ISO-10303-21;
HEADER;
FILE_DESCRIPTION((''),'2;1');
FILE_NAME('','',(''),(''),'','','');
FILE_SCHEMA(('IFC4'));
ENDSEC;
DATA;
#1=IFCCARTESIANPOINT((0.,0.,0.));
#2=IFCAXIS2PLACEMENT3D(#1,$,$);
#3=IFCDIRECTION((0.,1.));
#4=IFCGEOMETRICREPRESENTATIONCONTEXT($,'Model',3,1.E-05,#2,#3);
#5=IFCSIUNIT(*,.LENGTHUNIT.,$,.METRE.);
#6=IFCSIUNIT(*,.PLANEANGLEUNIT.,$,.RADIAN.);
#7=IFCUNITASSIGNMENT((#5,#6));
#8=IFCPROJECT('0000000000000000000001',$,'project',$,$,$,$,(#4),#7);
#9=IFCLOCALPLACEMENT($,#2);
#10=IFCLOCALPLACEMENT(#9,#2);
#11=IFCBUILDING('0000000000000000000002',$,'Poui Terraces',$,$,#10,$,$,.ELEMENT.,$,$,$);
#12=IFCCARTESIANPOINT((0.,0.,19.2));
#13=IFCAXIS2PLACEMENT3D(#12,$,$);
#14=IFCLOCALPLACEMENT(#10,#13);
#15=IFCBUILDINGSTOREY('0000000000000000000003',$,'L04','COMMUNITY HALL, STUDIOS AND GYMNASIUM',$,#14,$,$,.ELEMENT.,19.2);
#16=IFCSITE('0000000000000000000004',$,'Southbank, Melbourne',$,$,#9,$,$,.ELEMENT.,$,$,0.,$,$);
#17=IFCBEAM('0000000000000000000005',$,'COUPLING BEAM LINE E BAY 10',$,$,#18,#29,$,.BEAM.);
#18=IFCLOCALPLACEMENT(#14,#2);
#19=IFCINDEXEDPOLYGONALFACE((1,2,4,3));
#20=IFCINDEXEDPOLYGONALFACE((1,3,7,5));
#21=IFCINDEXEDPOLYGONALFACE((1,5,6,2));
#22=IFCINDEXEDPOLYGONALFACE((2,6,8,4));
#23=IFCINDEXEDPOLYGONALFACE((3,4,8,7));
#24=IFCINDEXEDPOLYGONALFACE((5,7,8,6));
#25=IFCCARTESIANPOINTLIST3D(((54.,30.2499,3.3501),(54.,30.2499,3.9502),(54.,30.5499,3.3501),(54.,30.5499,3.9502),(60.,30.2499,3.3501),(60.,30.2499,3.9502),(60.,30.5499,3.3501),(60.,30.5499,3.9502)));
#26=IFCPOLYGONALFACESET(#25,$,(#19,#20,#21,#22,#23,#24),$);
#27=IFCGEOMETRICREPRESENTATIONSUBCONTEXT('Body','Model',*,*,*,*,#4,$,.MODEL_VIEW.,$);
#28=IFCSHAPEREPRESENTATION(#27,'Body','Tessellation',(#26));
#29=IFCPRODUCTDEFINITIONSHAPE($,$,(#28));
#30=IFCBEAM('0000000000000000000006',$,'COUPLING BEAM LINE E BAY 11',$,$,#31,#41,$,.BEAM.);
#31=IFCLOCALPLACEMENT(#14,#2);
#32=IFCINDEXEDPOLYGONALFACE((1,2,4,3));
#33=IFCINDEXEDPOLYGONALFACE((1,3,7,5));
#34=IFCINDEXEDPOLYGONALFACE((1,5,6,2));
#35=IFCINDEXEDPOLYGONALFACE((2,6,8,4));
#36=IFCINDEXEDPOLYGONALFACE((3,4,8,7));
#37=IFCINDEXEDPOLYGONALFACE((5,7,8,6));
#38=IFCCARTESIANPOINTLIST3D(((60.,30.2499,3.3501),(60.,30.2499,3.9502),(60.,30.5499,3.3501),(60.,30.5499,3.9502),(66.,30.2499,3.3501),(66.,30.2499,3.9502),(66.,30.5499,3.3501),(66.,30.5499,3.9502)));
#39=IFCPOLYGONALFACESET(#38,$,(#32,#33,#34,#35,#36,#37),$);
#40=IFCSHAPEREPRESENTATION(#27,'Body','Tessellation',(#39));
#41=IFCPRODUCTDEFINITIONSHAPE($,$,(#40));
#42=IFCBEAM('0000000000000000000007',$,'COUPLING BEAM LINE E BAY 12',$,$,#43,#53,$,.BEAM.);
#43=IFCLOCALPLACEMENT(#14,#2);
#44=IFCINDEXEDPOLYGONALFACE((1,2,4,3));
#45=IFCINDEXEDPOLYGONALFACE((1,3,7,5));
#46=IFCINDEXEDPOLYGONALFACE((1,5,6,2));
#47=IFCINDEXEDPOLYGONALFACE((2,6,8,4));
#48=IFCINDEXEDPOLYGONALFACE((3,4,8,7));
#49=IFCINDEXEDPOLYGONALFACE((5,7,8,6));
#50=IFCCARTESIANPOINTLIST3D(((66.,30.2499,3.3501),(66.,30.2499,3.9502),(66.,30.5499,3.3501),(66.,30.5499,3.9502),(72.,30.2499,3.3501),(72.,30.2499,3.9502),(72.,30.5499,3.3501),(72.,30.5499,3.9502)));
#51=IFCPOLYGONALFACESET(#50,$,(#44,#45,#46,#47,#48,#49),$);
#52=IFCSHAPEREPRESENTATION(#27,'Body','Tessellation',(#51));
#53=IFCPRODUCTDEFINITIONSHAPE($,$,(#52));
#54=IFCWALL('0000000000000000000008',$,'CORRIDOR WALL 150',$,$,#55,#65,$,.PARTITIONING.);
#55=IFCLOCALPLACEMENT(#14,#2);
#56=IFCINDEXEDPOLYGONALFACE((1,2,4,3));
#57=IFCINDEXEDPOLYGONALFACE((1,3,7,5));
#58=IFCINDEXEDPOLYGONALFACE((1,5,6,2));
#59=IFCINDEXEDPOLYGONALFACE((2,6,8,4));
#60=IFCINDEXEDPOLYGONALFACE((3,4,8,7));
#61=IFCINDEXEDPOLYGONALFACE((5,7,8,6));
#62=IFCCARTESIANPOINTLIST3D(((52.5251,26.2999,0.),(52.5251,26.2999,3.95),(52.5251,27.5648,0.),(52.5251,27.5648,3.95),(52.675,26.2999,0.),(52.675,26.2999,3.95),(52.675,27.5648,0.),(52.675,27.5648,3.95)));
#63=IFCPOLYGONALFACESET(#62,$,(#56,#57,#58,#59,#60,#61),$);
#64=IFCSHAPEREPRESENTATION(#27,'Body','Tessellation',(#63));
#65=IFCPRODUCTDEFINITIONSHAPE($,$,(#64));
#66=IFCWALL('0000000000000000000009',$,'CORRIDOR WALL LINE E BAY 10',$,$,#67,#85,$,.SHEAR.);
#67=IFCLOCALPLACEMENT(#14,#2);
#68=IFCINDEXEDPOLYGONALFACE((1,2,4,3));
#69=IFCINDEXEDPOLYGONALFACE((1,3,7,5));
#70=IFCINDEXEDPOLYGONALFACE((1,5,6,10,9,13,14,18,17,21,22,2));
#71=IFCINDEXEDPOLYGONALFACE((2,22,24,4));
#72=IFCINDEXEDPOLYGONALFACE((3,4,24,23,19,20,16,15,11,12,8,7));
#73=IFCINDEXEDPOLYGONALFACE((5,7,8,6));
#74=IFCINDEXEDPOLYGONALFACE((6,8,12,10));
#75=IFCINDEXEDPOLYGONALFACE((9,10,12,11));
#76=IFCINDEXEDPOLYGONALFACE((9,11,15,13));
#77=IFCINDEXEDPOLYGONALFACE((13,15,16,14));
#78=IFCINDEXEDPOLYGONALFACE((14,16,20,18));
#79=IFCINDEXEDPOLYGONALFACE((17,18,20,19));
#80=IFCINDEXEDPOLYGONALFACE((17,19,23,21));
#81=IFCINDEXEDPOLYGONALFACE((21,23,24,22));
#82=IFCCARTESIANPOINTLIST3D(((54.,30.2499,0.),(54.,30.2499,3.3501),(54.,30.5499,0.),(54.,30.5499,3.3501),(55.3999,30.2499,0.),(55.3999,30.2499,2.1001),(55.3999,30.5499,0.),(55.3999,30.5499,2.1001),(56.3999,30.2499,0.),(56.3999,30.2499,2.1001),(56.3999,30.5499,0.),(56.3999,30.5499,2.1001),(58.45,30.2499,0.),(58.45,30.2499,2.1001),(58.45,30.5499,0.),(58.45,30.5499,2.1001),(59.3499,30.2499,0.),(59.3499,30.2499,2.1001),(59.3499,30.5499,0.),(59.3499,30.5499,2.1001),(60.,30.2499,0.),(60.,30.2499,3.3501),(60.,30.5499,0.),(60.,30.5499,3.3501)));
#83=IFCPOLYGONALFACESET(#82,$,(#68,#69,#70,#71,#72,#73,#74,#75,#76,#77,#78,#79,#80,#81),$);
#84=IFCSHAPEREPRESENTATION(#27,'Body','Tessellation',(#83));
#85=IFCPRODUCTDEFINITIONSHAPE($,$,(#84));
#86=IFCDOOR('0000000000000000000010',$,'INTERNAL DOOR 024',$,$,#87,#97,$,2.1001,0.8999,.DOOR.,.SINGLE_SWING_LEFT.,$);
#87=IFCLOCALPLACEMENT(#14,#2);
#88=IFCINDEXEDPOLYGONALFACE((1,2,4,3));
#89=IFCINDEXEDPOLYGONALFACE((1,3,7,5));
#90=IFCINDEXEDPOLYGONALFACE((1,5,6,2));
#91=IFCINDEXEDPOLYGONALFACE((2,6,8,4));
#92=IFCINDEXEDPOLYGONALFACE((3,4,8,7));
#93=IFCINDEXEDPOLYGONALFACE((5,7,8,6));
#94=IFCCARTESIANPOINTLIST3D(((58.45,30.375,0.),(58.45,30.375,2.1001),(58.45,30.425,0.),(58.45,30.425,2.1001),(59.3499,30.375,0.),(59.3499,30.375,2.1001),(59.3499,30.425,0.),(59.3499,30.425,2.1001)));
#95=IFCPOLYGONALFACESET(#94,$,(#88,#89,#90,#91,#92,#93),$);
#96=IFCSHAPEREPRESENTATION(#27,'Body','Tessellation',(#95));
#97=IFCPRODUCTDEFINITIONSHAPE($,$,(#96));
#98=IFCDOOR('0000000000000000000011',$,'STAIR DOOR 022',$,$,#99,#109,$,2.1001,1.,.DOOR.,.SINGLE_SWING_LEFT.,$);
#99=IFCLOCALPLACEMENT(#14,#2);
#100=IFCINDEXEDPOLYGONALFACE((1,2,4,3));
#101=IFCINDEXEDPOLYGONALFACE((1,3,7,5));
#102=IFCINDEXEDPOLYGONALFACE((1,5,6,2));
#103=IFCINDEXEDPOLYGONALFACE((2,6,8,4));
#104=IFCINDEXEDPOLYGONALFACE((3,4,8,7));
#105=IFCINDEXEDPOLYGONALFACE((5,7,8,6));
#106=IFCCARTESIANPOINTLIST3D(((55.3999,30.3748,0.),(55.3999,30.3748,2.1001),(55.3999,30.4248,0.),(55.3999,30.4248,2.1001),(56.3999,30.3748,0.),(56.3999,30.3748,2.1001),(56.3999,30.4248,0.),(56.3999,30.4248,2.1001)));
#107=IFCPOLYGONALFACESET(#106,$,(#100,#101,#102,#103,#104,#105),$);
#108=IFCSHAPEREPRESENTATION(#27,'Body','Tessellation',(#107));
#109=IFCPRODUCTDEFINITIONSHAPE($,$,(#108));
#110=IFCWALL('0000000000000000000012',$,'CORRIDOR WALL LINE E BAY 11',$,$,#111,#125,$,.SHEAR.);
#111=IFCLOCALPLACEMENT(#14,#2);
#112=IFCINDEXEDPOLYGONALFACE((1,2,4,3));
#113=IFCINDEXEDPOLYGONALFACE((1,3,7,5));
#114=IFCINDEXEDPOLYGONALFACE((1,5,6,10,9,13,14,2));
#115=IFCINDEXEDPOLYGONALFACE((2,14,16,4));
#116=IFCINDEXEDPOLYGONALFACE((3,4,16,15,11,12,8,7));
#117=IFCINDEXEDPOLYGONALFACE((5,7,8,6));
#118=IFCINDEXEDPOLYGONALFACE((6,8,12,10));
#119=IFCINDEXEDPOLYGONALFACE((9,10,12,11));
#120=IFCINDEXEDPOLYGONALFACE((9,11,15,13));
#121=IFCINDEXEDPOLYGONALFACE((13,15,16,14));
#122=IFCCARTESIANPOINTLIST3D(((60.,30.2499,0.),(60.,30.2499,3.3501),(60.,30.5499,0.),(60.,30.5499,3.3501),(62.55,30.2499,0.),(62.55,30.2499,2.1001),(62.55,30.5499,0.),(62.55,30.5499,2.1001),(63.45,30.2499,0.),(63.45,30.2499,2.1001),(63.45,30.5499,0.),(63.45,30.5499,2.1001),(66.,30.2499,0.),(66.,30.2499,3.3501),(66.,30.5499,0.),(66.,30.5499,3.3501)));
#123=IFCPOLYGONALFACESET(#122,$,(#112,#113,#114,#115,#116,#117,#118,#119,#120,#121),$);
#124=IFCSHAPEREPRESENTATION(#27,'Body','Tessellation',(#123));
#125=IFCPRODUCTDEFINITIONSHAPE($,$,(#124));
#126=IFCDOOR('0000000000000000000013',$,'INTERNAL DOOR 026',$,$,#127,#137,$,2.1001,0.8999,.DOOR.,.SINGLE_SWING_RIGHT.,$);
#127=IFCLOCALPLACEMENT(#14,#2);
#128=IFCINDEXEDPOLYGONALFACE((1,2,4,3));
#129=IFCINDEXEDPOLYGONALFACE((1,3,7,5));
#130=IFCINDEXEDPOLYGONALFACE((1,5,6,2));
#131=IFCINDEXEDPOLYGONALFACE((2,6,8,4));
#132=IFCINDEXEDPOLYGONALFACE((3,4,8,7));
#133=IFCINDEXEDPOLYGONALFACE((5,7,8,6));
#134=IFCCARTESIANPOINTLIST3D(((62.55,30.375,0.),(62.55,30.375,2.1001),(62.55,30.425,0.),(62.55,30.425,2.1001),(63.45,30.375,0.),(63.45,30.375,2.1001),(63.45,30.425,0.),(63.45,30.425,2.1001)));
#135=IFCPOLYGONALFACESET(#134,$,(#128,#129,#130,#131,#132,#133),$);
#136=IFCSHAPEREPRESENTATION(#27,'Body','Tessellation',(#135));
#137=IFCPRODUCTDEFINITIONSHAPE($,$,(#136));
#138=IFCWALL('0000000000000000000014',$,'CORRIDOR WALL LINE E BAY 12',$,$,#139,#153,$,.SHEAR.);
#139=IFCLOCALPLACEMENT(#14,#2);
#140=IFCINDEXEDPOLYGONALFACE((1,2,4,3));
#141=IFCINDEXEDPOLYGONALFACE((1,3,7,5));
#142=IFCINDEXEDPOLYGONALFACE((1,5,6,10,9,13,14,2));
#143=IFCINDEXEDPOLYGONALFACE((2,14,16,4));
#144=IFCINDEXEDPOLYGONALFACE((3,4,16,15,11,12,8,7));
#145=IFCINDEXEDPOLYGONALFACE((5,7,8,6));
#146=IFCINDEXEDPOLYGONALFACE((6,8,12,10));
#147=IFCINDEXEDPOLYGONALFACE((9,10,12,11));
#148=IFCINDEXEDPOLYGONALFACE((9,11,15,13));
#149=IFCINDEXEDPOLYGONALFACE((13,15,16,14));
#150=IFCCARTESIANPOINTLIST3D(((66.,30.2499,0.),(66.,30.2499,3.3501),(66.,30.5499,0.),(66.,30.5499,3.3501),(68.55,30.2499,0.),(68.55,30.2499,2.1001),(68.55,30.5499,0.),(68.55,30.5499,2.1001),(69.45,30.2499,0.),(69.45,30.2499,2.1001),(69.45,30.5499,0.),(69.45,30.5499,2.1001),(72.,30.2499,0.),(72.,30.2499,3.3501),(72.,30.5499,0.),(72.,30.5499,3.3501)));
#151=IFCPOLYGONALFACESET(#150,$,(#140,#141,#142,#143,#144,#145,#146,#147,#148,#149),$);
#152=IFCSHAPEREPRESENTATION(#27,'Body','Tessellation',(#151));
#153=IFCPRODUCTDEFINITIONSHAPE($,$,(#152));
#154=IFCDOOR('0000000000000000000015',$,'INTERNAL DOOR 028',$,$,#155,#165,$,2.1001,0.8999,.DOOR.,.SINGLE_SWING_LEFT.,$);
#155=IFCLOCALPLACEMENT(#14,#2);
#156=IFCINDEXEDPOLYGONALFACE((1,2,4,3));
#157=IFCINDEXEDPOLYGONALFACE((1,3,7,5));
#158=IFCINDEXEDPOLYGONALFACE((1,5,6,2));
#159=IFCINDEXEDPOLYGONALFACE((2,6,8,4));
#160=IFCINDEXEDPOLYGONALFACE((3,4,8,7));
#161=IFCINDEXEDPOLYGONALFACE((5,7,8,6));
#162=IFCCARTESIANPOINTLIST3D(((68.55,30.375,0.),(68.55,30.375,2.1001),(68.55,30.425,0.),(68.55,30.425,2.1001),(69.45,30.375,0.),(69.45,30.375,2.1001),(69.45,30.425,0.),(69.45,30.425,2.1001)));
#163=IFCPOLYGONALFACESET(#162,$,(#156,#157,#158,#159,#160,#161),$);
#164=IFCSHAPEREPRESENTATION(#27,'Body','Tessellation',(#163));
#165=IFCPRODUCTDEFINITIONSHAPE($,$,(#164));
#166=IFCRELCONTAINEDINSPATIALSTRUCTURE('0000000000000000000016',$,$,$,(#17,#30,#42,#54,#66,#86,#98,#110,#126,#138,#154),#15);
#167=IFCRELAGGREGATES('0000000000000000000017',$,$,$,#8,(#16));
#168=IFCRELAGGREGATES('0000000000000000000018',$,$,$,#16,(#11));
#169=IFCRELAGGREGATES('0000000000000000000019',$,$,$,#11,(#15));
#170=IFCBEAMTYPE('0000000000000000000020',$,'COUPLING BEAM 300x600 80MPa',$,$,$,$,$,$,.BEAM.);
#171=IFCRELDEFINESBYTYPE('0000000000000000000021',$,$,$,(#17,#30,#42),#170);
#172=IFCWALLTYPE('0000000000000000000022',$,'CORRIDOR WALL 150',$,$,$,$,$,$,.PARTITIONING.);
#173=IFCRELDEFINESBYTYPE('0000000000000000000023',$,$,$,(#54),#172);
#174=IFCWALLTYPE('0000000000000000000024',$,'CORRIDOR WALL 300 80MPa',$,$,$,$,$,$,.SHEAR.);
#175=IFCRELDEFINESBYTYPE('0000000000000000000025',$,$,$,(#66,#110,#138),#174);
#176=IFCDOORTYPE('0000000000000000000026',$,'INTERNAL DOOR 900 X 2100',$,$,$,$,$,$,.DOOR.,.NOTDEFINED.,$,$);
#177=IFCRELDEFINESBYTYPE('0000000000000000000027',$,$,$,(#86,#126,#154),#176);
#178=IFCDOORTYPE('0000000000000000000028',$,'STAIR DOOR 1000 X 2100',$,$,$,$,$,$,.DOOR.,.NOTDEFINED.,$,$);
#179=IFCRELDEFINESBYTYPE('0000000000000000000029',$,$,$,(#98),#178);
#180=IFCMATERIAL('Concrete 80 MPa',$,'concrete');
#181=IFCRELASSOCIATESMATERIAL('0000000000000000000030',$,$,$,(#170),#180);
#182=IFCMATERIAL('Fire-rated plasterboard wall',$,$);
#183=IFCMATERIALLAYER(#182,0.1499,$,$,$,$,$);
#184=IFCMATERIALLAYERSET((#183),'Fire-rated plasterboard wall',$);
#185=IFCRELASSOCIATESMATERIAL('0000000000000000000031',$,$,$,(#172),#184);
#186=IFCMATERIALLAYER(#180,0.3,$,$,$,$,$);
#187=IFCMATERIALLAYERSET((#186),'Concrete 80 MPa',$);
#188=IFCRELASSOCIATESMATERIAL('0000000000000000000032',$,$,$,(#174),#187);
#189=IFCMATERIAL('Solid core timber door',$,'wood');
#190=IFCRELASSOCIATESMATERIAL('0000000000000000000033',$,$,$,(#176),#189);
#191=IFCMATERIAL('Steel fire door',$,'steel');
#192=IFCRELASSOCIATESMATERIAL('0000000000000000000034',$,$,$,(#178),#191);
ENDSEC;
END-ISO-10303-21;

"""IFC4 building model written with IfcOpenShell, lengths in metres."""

from ifc_helpers import new_model, si_unit, direction, frame, frame_2d, origin, origin_2d, place, context, subcontext, project, spatial, rectangle, extrude, source, transform, mapped, material, layer, layer_set, material_profile, profile_set, type_object, element, fill, save


model = new_model("IFC4")

# Units and contexts
model_context = context("Model", 3, precision=1e-05, world=origin(), true_north=direction((0.0, 1.0)))
body_context = subcontext(model_context, "Body", "Model", "MODEL_VIEW")
ifc_project = project(units=[si_unit("LENGTHUNIT", "METRE"), si_unit("PLANEANGLEUNIT", "RADIAN")], contexts=[model_context])

# Site, building, storey
site_placement = place(None, origin())
site = spatial("IfcSite", under=ifc_project, at=site_placement, Name="Southbank, Melbourne", CompositionType="ELEMENT", RefElevation=0.0)
building_placement = place(site_placement, origin())
building = spatial("IfcBuilding", under=site, at=building_placement, Name="Poui Terraces", CompositionType="ELEMENT")
storey_placement = place(building_placement, frame((0.0, 0.0, 19.2)))
storey = spatial("IfcBuildingStorey", under=building, at=storey_placement, Name="L04", Description="COMMUNITY HALL, STUDIOS AND GYMNASIUM", CompositionType="ELEMENT", Elevation=19.2)

# Beams
ifc_material_1 = material(Name="Concrete 80 MPa", Category="concrete")
ifc_material_profile = material_profile(ifc_material_1, rectangle(XDim=0.3, YDim=0.6001, at=origin_2d()), Name="RC 300x600")
ifc_profile_set = profile_set([ifc_material_profile], Name="Concrete 80 MPa")
beam_type = type_object("IfcBeamType", Name="COUPLING BEAM 300x600 80MPa", PredefinedType="BEAM", material=ifc_profile_set)
shared_shape = source(origin(), body_context, "Body", "SweptSolid", [
    extrude(rectangle(XDim=0.3, YDim=0.6001, at=origin_2d()), origin(), (0.0, 0.0, 1.0), 6.0),
])
for number, where, z_axis, x_axis, name in (
    (1, (54.0, 30.3999, 3.6501), (1.0, 0.0, 0.0), (0.0, 1.0, 0.0), "COUPLING BEAM LINE E BAY 10"),
    (2, (60.0, 30.3999, 3.6501), (1.0, 0.0, 0.0), (0.0, 1.0, 0.0), "COUPLING BEAM LINE E BAY 11"),
    (3, (66.0, 30.3999, 3.6501), (1.0, 0.0, 0.0), (0.0, 1.0, 0.0), "COUPLING BEAM LINE E BAY 12"),
):
    element("IfcBeam", number, at=place(storey_placement, frame(where, z_axis=z_axis, x_axis=x_axis)), inside=storey, type_object=beam_type, Name=name, PredefinedType="BEAM", context=body_context, shape_type="MappedRepresentation", body=[
        mapped(shared_shape, transform((0.0, 0.0, 0.0))),
    ])

# Wall
ifc_material_2 = material(Name="Fire-rated plasterboard wall")
ifc_layer_1 = layer(ifc_material_2, 0.1499)
ifc_layer_set_1 = layer_set([ifc_layer_1], Name="Fire-rated plasterboard wall")
wall_type_1 = type_object("IfcWallType", Name="CORRIDOR WALL 150", PredefinedType="PARTITIONING", material=ifc_layer_set_1)
wall_1_placement = place(storey_placement, frame((52.6001, 26.3, 0.0), z_axis=(0.0, 0.0, 1.0), x_axis=(0.0, 1.0, 0.0)))
element("IfcWall", 4, at=wall_1_placement, inside=storey, type_object=wall_type_1, Name="CORRIDOR WALL 150", PredefinedType="PARTITIONING", context=body_context, shape_type="SweptSolid", body=[
    extrude(rectangle(XDim=1.2649, YDim=0.1499, at=frame_2d((0.6323, 0.0))), origin(), (0.0, 0.0, 1.0), 3.95),
])

# Wall, openings, doors
ifc_layer_2 = layer(ifc_material_1, 0.3)
ifc_layer_set_2 = layer_set([ifc_layer_2], Name="Concrete 80 MPa")
wall_type_2 = type_object("IfcWallType", Name="CORRIDOR WALL 300 80MPa", PredefinedType="SHEAR", material=ifc_layer_set_2)
wall_2_placement = place(storey_placement, frame((54.0, 30.3999, 0.0), z_axis=(0.0, 0.0, 1.0), x_axis=(1.0, 0.0, 0.0)))
wall_2 = element("IfcWall", 5, at=wall_2_placement, inside=storey, type_object=wall_type_2, Name="CORRIDOR WALL LINE E BAY 10", PredefinedType="SHEAR", context=body_context, shape_type="SweptSolid", body=[
    extrude(rectangle(XDim=6.0, YDim=0.3, at=frame_2d((3.0, 0.0))), origin(), (0.0, 0.0, 1.0), 3.3501),
])
opening_1_placement = place(wall_2_placement, frame((1.3999, 0.0, 0.0)))
opening_1 = element("IfcOpeningElement", 6, at=opening_1_placement, cuts=wall_2, PredefinedType="OPENING", context=body_context, shape_type="SweptSolid", body=[
    extrude(rectangle(XDim=1.0, YDim=2.1001, at=frame_2d((0.5, 1.05))), frame((0.0, 0.1602, 0.0), z_axis=(0.0, -1.0, 0.0), x_axis=(1.0, 0.0, 0.0)), (0.0, 0.0, 1.0), 0.3201),
])
opening_2_placement = place(wall_2_placement, frame((4.45, 0.0, 0.0)))
opening_2 = element("IfcOpeningElement", 7, at=opening_2_placement, cuts=wall_2, PredefinedType="OPENING", context=body_context, shape_type="SweptSolid", body=[
    extrude(rectangle(XDim=0.8999, YDim=2.1001, at=frame_2d((0.45, 1.05))), frame((0.0, 0.1602, 0.0), z_axis=(0.0, -1.0, 0.0), x_axis=(1.0, 0.0, 0.0)), (0.0, 0.0, 1.0), 0.3201),
])
ifc_material_3 = material(Name="Solid core timber door", Category="wood")
door_type_1 = type_object("IfcDoorType", Name="INTERNAL DOOR 900 X 2100", OperationType="NOTDEFINED", PredefinedType="DOOR", material=ifc_material_3)
door_1_placement = place(opening_2_placement, frame((0.8999, 0.0, 0.0), z_axis=(0.0, 0.0, 1.0), x_axis=(-1.0, 0.0, 0.0)))
door_1 = element("IfcDoor", 8, at=door_1_placement, inside=storey, type_object=door_type_1, Name="INTERNAL DOOR 024", OperationType="SINGLE_SWING_LEFT", OverallHeight=2.1001, OverallWidth=0.8999, PredefinedType="DOOR", context=body_context, shape_type="SweptSolid", body=[
    extrude(rectangle(XDim=0.8999, YDim=2.1001, at=frame_2d((0.45, 1.05))), frame((0.0, 0.0249, 0.0), z_axis=(0.0, -1.0, 0.0), x_axis=(1.0, 0.0, 0.0)), (0.0, 0.0, 1.0), 0.05),
])
fill(opening_2, door_1)
ifc_material_4 = material(Name="Steel fire door", Category="steel")
door_type_2 = type_object("IfcDoorType", Name="STAIR DOOR 1000 X 2100", OperationType="NOTDEFINED", PredefinedType="DOOR", material=ifc_material_4)
door_2_placement = place(opening_1_placement, origin())
door_2 = element("IfcDoor", 9, at=door_2_placement, inside=storey, type_object=door_type_2, Name="STAIR DOOR 022", OperationType="SINGLE_SWING_LEFT", OverallHeight=2.1001, OverallWidth=1.0, PredefinedType="DOOR", context=body_context, shape_type="SweptSolid", body=[
    extrude(rectangle(XDim=1.0, YDim=2.1001, at=frame_2d((0.5, 1.05))), frame((0.0, 0.0249, 0.0), z_axis=(0.0, -1.0, 0.0), x_axis=(1.0, 0.0, 0.0)), (0.0, 0.0, 1.0), 0.05),
])
fill(opening_1, door_2)

# Walls, openings, doors
wall_3_placement = place(storey_placement, frame((60.0, 30.3999, 0.0), z_axis=(0.0, 0.0, 1.0), x_axis=(1.0, 0.0, 0.0)))
wall_3 = element("IfcWall", 10, at=wall_3_placement, inside=storey, type_object=wall_type_2, Name="CORRIDOR WALL LINE E BAY 11", PredefinedType="SHEAR", context=body_context, shape_type="SweptSolid", body=[
    extrude(rectangle(XDim=6.0, YDim=0.3, at=frame_2d((3.0, 0.0))), origin(), (0.0, 0.0, 1.0), 3.3501),
])
opening_3_placement = place(wall_3_placement, frame((2.55, 0.0, 0.0)))
opening_3 = element("IfcOpeningElement", 11, at=opening_3_placement, cuts=wall_3, PredefinedType="OPENING", context=body_context, shape_type="SweptSolid", body=[
    extrude(rectangle(XDim=0.8999, YDim=2.1001, at=frame_2d((0.45, 1.05))), frame((0.0, 0.1602, 0.0), z_axis=(0.0, -1.0, 0.0), x_axis=(1.0, 0.0, 0.0)), (0.0, 0.0, 1.0), 0.3201),
])
door_3_placement = place(opening_3_placement, frame((0.8999, 0.0, 0.0), z_axis=(0.0, 0.0, 1.0), x_axis=(-1.0, 0.0, 0.0)))
door_3 = element("IfcDoor", 12, at=door_3_placement, inside=storey, type_object=door_type_1, Name="INTERNAL DOOR 026", OperationType="SINGLE_SWING_RIGHT", OverallHeight=2.1001, OverallWidth=0.8999, PredefinedType="DOOR", context=body_context, shape_type="SweptSolid", body=[
    extrude(rectangle(XDim=0.8999, YDim=2.1001, at=frame_2d((0.45, 1.05))), frame((0.0, 0.0249, 0.0), z_axis=(0.0, -1.0, 0.0), x_axis=(1.0, 0.0, 0.0)), (0.0, 0.0, 1.0), 0.05),
])
fill(opening_3, door_3)
wall_4_placement = place(storey_placement, frame((66.0, 30.3999, 0.0), z_axis=(0.0, 0.0, 1.0), x_axis=(1.0, 0.0, 0.0)))
wall_4 = element("IfcWall", 13, at=wall_4_placement, inside=storey, type_object=wall_type_2, Name="CORRIDOR WALL LINE E BAY 12", PredefinedType="SHEAR", context=body_context, shape_type="SweptSolid", body=[
    extrude(rectangle(XDim=6.0, YDim=0.3, at=frame_2d((3.0, 0.0))), origin(), (0.0, 0.0, 1.0), 3.3501),
])
opening_4_placement = place(wall_4_placement, frame((2.55, 0.0, 0.0)))
opening_4 = element("IfcOpeningElement", 14, at=opening_4_placement, cuts=wall_4, PredefinedType="OPENING", context=body_context, shape_type="SweptSolid", body=[
    extrude(rectangle(XDim=0.8999, YDim=2.1001, at=frame_2d((0.45, 1.05))), frame((0.0, 0.1602, 0.0), z_axis=(0.0, -1.0, 0.0), x_axis=(1.0, 0.0, 0.0)), (0.0, 0.0, 1.0), 0.3201),
])
door_4_placement = place(opening_4_placement, frame((0.8999, 0.0, 0.0), z_axis=(0.0, 0.0, 1.0), x_axis=(-1.0, 0.0, 0.0)))
door_4 = element("IfcDoor", 15, at=door_4_placement, inside=storey, type_object=door_type_1, Name="INTERNAL DOOR 028", OperationType="SINGLE_SWING_LEFT", OverallHeight=2.1001, OverallWidth=0.8999, PredefinedType="DOOR", context=body_context, shape_type="SweptSolid", body=[
    extrude(rectangle(XDim=0.8999, YDim=2.1001, at=frame_2d((0.45, 1.05))), frame((0.0, 0.0249, 0.0), z_axis=(0.0, -1.0, 0.0), x_axis=(1.0, 0.0, 0.0)), (0.0, 0.0, 1.0), 0.05),
])
fill(opening_4, door_4)

save(model, "model.ifc")
